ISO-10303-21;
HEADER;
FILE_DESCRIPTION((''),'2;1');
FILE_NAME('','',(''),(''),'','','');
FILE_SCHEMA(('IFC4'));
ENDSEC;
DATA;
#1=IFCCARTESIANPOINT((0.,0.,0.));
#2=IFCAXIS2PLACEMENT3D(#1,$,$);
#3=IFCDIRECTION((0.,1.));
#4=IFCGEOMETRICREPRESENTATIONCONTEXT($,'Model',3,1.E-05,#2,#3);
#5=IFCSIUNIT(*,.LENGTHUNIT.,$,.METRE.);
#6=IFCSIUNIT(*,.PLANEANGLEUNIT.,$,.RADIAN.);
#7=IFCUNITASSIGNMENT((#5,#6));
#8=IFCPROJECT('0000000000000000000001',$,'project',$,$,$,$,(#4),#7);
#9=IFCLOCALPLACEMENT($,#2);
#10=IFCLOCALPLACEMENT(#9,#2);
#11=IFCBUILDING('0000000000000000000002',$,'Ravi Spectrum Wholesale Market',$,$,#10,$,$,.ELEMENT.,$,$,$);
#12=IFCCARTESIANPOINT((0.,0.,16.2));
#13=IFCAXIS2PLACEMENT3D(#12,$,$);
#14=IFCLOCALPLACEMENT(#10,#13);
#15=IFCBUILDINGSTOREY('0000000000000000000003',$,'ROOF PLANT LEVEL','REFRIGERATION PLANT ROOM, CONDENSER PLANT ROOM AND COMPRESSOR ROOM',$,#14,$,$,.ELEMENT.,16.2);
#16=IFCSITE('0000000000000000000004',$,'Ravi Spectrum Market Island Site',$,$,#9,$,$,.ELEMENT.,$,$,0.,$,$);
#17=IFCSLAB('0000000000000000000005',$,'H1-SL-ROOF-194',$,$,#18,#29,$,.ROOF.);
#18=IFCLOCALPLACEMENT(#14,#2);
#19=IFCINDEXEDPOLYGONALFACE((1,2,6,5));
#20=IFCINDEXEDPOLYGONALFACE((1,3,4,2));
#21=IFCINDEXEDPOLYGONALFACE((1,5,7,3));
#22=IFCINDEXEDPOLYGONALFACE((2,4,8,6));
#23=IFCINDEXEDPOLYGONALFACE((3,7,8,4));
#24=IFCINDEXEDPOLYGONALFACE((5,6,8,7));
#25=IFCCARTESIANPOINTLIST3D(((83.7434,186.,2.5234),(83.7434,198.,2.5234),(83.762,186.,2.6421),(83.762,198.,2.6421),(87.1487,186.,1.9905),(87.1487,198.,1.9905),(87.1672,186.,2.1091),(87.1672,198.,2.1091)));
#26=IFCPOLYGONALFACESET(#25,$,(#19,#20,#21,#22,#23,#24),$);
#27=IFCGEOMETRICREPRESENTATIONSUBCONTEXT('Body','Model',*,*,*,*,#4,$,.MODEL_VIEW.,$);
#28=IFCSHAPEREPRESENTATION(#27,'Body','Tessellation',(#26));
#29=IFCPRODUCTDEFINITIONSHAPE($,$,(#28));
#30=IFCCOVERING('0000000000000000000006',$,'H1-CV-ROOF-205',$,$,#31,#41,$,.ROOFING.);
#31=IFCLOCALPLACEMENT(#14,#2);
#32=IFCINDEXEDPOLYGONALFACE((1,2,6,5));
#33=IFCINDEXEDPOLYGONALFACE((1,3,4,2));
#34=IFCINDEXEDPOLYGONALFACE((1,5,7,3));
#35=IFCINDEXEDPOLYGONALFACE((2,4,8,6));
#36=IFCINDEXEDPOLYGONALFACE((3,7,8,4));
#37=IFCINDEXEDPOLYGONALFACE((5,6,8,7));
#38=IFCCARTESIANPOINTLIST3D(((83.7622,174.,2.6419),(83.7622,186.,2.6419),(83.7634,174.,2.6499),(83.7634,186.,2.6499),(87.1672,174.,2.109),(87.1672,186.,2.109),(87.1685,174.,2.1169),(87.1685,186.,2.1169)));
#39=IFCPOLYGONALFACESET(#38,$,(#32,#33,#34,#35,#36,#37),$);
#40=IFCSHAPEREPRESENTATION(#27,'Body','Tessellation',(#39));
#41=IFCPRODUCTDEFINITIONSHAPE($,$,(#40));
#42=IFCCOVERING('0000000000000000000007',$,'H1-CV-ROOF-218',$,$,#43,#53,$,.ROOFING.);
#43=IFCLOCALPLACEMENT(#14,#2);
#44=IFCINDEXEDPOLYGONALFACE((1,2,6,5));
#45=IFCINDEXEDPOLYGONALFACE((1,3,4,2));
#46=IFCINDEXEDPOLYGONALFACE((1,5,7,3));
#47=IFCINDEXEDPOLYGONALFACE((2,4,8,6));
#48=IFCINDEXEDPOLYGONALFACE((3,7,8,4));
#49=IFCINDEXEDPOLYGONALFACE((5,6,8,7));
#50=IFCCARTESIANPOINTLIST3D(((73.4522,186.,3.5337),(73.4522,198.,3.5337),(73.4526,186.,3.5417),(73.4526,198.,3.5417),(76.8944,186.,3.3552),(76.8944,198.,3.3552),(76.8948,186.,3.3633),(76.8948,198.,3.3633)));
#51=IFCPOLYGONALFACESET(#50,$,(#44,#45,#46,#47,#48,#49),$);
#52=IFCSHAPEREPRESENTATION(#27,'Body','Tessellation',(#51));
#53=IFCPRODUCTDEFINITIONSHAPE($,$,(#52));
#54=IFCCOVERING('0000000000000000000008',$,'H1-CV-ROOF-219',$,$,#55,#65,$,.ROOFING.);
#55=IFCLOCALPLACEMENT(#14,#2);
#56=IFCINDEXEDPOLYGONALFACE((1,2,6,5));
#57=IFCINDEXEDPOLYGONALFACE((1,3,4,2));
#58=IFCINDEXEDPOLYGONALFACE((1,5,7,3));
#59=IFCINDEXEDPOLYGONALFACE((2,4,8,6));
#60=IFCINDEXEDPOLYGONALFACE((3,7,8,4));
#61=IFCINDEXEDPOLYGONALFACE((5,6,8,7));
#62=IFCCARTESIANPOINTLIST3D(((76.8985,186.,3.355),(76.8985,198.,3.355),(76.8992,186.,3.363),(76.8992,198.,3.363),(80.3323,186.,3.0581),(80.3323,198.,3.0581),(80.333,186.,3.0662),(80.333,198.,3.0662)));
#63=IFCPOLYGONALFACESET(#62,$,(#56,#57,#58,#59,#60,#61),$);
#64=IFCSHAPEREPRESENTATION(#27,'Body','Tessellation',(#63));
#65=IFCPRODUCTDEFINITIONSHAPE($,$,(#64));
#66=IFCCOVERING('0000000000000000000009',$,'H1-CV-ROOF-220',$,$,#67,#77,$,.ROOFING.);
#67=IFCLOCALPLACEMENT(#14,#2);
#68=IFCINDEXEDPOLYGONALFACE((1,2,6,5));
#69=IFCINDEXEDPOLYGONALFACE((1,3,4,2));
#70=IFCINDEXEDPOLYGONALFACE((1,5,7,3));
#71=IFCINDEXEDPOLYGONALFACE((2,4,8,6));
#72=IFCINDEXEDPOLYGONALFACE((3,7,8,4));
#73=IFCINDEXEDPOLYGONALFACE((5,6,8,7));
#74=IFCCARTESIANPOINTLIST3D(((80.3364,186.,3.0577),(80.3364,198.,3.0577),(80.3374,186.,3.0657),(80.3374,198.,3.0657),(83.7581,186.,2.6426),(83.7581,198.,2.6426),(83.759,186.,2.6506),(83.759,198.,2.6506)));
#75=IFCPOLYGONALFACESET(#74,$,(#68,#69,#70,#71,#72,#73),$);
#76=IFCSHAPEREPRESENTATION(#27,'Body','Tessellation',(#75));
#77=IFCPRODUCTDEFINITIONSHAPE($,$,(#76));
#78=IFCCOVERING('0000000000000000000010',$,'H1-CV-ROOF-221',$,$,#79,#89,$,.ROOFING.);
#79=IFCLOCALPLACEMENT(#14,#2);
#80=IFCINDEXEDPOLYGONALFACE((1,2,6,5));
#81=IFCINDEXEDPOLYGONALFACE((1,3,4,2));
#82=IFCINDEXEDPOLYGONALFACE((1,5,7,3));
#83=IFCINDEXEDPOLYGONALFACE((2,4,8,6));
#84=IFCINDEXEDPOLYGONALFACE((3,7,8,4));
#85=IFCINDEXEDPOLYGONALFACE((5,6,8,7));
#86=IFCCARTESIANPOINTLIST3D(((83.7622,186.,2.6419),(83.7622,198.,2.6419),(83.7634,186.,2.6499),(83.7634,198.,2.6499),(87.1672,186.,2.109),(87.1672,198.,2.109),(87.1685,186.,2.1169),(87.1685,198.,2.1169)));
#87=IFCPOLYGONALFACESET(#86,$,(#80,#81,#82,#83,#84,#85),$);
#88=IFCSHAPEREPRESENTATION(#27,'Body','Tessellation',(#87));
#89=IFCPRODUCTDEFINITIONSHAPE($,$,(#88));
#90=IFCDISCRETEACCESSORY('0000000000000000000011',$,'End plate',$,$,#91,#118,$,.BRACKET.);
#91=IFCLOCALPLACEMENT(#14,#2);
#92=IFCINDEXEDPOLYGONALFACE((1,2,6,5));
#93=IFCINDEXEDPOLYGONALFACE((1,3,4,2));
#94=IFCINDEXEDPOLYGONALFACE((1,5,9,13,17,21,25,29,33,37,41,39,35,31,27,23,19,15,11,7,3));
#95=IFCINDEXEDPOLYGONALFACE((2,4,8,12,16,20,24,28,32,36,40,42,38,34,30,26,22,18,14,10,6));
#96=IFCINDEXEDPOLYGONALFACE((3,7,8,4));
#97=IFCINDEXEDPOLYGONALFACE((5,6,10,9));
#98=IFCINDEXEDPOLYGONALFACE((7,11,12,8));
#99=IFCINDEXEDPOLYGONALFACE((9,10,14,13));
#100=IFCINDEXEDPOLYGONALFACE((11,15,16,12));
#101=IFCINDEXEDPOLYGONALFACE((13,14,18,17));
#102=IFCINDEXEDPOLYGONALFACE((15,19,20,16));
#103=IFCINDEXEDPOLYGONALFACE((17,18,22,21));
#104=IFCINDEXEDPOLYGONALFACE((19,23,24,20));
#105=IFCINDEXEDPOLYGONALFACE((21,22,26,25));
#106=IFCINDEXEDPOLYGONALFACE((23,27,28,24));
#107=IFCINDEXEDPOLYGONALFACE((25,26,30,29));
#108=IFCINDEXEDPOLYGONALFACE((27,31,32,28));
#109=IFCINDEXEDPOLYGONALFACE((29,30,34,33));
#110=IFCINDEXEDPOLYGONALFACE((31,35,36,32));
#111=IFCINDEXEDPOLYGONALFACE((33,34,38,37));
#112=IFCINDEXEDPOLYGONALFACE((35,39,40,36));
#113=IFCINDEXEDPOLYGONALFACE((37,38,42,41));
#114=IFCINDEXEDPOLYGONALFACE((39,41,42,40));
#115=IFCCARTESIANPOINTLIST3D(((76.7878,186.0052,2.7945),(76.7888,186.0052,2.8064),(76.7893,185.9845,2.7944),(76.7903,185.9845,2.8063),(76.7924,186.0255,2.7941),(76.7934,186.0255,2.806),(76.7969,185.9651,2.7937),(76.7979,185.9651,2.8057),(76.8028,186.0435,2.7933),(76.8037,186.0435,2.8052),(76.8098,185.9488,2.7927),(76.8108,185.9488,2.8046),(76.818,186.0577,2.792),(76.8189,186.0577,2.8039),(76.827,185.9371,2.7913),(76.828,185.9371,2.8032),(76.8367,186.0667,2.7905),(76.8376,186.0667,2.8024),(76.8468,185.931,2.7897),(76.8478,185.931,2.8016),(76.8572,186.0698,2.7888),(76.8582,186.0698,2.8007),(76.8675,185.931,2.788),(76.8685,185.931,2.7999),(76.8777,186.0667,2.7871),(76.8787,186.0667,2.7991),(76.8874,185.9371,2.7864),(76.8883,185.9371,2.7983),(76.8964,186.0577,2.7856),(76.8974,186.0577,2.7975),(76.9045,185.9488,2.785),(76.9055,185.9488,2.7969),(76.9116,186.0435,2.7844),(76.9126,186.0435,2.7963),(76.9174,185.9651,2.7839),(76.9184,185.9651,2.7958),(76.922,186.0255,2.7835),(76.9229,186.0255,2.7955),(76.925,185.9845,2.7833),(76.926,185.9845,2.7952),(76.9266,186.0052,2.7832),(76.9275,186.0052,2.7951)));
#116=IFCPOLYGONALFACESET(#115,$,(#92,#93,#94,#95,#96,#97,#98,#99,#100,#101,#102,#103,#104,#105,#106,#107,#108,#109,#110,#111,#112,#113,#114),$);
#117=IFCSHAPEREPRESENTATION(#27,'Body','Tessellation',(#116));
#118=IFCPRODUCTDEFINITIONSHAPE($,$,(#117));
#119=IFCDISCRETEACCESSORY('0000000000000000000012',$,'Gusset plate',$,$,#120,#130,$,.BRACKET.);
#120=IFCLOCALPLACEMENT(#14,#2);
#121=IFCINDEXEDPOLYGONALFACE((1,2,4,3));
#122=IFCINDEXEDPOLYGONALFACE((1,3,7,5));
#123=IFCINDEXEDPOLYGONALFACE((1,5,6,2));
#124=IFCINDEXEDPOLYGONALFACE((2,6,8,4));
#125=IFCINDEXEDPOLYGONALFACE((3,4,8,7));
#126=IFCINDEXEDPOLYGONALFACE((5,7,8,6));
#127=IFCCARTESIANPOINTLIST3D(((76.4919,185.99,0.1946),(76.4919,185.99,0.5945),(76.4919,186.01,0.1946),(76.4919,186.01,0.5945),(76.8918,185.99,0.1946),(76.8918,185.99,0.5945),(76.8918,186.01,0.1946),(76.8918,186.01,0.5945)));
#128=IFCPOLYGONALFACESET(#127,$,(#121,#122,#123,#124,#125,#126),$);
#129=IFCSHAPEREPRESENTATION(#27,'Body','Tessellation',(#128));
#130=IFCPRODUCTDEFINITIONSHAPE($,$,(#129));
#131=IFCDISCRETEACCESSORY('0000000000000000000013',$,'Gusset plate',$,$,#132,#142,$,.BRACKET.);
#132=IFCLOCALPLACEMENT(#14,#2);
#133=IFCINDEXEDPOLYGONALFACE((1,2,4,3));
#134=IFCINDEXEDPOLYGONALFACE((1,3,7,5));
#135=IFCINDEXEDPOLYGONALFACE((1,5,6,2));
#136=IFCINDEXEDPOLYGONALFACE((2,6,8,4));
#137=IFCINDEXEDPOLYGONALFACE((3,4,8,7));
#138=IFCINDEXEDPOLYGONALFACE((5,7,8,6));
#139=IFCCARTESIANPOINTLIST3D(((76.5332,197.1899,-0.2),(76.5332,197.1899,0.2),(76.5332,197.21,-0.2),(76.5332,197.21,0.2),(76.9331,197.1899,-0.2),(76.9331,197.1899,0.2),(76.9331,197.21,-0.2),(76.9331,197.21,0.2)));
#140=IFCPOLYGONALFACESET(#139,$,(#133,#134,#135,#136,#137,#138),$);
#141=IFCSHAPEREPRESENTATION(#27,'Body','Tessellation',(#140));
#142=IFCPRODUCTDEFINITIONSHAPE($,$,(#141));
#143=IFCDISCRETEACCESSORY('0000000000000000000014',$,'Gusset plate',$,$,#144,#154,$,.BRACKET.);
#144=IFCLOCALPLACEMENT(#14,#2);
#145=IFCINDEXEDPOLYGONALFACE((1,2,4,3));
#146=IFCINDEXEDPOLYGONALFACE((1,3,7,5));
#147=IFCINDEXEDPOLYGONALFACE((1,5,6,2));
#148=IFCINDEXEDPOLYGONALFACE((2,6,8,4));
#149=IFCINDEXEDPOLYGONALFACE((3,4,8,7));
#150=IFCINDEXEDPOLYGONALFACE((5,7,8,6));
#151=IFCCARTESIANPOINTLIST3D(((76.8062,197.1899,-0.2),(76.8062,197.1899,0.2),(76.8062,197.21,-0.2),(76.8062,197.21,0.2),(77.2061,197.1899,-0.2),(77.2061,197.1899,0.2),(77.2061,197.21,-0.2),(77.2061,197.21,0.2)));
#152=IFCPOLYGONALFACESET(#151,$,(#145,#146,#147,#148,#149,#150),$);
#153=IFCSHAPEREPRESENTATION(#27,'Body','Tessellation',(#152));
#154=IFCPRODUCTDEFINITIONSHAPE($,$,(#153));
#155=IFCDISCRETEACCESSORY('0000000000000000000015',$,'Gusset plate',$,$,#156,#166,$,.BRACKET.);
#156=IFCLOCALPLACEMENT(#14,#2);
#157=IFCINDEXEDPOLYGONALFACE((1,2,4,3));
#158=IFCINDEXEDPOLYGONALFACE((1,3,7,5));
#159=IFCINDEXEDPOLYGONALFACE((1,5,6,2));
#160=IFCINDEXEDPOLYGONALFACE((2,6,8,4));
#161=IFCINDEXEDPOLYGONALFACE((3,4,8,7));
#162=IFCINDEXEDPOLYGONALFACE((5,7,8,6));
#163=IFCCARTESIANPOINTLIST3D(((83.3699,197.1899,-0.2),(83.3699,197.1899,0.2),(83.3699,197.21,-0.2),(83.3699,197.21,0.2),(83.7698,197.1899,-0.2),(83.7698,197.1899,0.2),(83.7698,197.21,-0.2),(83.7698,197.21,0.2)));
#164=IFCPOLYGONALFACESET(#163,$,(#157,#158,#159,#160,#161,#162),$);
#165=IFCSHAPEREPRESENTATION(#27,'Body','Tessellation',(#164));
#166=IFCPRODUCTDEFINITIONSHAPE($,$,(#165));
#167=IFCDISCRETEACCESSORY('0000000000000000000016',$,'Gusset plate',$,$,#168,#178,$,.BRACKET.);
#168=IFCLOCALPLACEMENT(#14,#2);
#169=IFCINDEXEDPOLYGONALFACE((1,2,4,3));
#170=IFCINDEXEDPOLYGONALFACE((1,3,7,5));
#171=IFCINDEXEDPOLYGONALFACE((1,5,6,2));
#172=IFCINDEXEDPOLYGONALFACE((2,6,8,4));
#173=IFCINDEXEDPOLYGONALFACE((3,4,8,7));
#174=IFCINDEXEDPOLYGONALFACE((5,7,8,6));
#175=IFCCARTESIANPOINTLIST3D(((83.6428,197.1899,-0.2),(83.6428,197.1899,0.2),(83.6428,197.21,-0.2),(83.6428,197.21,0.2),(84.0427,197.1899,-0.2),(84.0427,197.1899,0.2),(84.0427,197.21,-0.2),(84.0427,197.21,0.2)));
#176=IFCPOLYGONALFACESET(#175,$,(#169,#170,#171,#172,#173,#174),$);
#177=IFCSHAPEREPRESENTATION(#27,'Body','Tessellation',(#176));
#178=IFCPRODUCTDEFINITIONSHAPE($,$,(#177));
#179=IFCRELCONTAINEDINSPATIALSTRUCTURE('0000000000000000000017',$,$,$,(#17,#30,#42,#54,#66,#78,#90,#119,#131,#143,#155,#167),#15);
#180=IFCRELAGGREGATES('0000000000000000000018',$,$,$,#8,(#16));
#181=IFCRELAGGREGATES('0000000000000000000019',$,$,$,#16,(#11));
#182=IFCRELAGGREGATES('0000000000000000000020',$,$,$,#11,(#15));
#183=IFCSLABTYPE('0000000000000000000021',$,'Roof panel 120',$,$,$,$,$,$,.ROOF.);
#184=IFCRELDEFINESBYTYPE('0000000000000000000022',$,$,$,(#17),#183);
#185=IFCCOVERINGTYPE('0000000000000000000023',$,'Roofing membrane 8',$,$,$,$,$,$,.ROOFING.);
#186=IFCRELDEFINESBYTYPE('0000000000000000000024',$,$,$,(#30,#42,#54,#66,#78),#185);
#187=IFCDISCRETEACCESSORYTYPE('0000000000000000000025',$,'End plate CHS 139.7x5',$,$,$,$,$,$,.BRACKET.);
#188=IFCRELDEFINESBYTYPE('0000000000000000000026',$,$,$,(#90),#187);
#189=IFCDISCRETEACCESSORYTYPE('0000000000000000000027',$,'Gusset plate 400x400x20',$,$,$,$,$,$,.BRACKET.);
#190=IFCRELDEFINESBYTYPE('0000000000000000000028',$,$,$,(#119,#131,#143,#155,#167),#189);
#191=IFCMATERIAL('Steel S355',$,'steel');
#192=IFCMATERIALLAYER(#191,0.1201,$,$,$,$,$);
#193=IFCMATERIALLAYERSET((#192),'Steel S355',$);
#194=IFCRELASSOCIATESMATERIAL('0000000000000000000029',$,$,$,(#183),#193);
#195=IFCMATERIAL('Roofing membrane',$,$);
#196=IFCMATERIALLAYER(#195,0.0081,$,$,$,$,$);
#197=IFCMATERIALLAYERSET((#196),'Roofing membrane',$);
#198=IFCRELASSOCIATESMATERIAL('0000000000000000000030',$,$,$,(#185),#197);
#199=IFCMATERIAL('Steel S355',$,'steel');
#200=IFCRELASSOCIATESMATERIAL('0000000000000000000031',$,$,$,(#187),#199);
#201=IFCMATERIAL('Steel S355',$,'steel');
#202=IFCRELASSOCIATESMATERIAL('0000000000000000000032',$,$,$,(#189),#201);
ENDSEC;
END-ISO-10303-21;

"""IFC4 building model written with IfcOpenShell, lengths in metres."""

from ifc_helpers import new_model, si_unit, direction, frame, origin, origin_2d, place, context, subcontext, project, spatial, polyline, rectangle, circle, outline, extrude, material, layer, layer_set, material_profile, profile_set, type_object, element, save


model = new_model("IFC4")

# Units and contexts
model_context = context("Model", 3, precision=1e-05, world=origin(), true_north=direction((0.0, 1.0)))
body_context = subcontext(model_context, "Body", "Model", "MODEL_VIEW")
ifc_project = project(units=[si_unit("LENGTHUNIT", "METRE"), si_unit("PLANEANGLEUNIT", "RADIAN")], contexts=[model_context])

# Site, building, storey
site_placement = place(None, origin())
site = spatial("IfcSite", under=ifc_project, at=site_placement, Name="Ravi Spectrum Market Island Site", CompositionType="ELEMENT", RefElevation=0.0)
building_placement = place(site_placement, origin())
building = spatial("IfcBuilding", under=site, at=building_placement, Name="Ravi Spectrum Wholesale Market", CompositionType="ELEMENT")
storey_placement = place(building_placement, frame((0.0, 0.0, 16.2)))
storey = spatial("IfcBuildingStorey", under=building, at=storey_placement, Name="ROOF PLANT LEVEL", Description="REFRIGERATION PLANT ROOM, CONDENSER PLANT ROOM AND COMPRESSOR ROOM", CompositionType="ELEMENT", Elevation=16.2)

# Slab
ifc_material_1 = material(Name="Steel S355", Category="steel")
ifc_layer_1 = layer(ifc_material_1, 0.1201)
ifc_layer_set_1 = layer_set([ifc_layer_1], Name="Steel S355")
slab_type = type_object("IfcSlabType", Name="Roof panel 120", PredefinedType="ROOF", material=ifc_layer_set_1)
slab_1_placement = place(storey_placement, frame((83.762, 186.0, 2.6421), z_axis=(0.154628, 0.0, 0.987973), x_axis=(0.987973, 0.0, -0.154628)))
element("IfcSlab", 1, at=slab_1_placement, inside=storey, type_object=slab_type, Name="H1-SL-ROOF-194", PredefinedType="ROOF", context=body_context, shape_type="SweptSolid", body=[
    extrude(outline(polyline([(0.0, 0.0), (3.4467, 0.0), (3.4467, 12.0), (0.0, 12.0), (0.0, 0.0)])), origin(), (0.0, 0.0, -1.0), 0.1201),
])

# Coverings
ifc_material_2 = material(Name="Roofing membrane")
ifc_layer_2 = layer(ifc_material_2, 0.0081)
ifc_layer_set_2 = layer_set([ifc_layer_2], Name="Roofing membrane")
covering_type = type_object("IfcCoveringType", Name="Roofing membrane 8", PredefinedType="ROOFING", material=ifc_layer_set_2)
covering_1_placement = place(storey_placement, frame((83.7634, 174.0, 2.6499), z_axis=(0.154638, 0.0, 0.987971), x_axis=(0.987971, 0.0, -0.154638)))
element("IfcCovering", 2, at=covering_1_placement, inside=storey, type_object=covering_type, Name="H1-CV-ROOF-205", PredefinedType="ROOFING", context=body_context, shape_type="SweptSolid", body=[
    extrude(outline(polyline([(0.0, 0.0), (3.4465, 0.0), (3.4465, 12.0), (0.0, 12.0), (0.0, 0.0)])), origin(), (0.0, 0.0, -1.0), 0.0081),
])
covering_2_placement = place(storey_placement, frame((73.4526, 186.0, 3.5417), z_axis=(0.051778, 0.0, 0.998659), x_axis=(0.998659, 0.0, -0.051778)))
element("IfcCovering", 3, at=covering_2_placement, inside=storey, type_object=covering_type, Name="H1-CV-ROOF-218", PredefinedType="ROOFING", context=body_context, shape_type="SweptSolid", body=[
    extrude(outline(polyline([(0.0, 0.0), (3.4468, 0.0), (3.4468, 12.0), (0.0, 12.0), (0.0, 0.0)])), origin(), (0.0, 0.0, -1.0), 0.0081),
])
covering_3_placement = place(storey_placement, frame((76.8992, 186.0, 3.363), z_axis=(0.086134, 0.0, 0.996284), x_axis=(0.996284, 0.0, -0.086134)))
element("IfcCovering", 4, at=covering_3_placement, inside=storey, type_object=covering_type, Name="H1-CV-ROOF-219", PredefinedType="ROOFING", context=body_context, shape_type="SweptSolid", body=[
    extrude(outline(polyline([(0.0, 0.0), (3.4466, 0.0), (3.4466, 12.0), (0.0, 12.0), (0.0, 0.0)])), origin(), (0.0, 0.0, -1.0), 0.0081),
])
covering_4_placement = place(storey_placement, frame((80.3374, 186.0, 3.0657), z_axis=(0.120416, 0.0, 0.992724), x_axis=(0.992724, 0.0, -0.120416)))
element("IfcCovering", 5, at=covering_4_placement, inside=storey, type_object=covering_type, Name="H1-CV-ROOF-220", PredefinedType="ROOFING", context=body_context, shape_type="SweptSolid", body=[
    extrude(outline(polyline([(0.0, 0.0), (3.4467, 0.0), (3.4467, 12.0), (0.0, 12.0), (0.0, 0.0)])), origin(), (0.0, 0.0, -1.0), 0.0081),
])
covering_5_placement = place(storey_placement, frame((83.7634, 186.0, 2.6499), z_axis=(0.154638, 0.0, 0.987971), x_axis=(0.987971, 0.0, -0.154638)))
element("IfcCovering", 6, at=covering_5_placement, inside=storey, type_object=covering_type, Name="H1-CV-ROOF-221", PredefinedType="ROOFING", context=body_context, shape_type="SweptSolid", body=[
    extrude(outline(polyline([(0.0, 0.0), (3.4465, 0.0), (3.4465, 12.0), (0.0, 12.0), (0.0, 0.0)])), origin(), (0.0, 0.0, -1.0), 0.0081),
])

# Discrete accessories
ifc_material_3 = material(Name="Steel S355", Category="steel")
ifc_material_profile_1 = material_profile(ifc_material_3, circle(Radius=0.0698, at=origin_2d()))
ifc_profile_set_1 = profile_set([ifc_material_profile_1], Name="Steel S355")
discrete_accessory_type_1 = type_object("IfcDiscreteAccessoryType", Name="End plate CHS 139.7x5", PredefinedType="BRACKET", material=ifc_profile_set_1)
discrete_accessory_placement = place(storey_placement, frame((76.8572, 186.0, 2.7888), z_axis=(0.081362, 0.0, 0.996685), x_axis=(0.0, 1.0, 0.0)))
element("IfcDiscreteAccessory", 7, at=discrete_accessory_placement, inside=storey, type_object=discrete_accessory_type_1, Name="End plate", PredefinedType="BRACKET", context=body_context, shape_type="SweptSolid", body=[
    extrude(circle(Radius=0.0698, at=origin_2d()), origin(), (0.0, 0.0, 1.0), 0.012),
])
ifc_material_4 = material(Name="Steel S355", Category="steel")
ifc_material_profile_2 = material_profile(ifc_material_4, rectangle(XDim=0.3999, YDim=0.02, at=origin_2d()))
ifc_profile_set_2 = profile_set([ifc_material_profile_2], Name="Steel S355")
discrete_accessory_type_2 = type_object("IfcDiscreteAccessoryType", Name="Gusset plate 400x400x20", PredefinedType="BRACKET", material=ifc_profile_set_2)
for number, where, z_axis, x_axis, name in (
    (8, (76.6919, 186.0, 0.1946), (0.0, 0.0, 1.0), (-1.0, 0.0, 0.0), "Gusset plate"),
    (9, (76.7332, 197.2, -0.2), (0.0, 0.0, 1.0), (1.0, 0.0, 0.0), "Gusset plate"),
    (10, (77.0061, 197.2, -0.2), (0.0, 0.0, 1.0), (1.0, 0.0, 0.0), "Gusset plate"),
    (11, (83.5698, 197.2, -0.2), (0.0, 0.0, 1.0), (1.0, 0.0, 0.0), "Gusset plate"),
    (12, (83.8428, 197.2, -0.2), (0.0, 0.0, 1.0), (1.0, 0.0, 0.0), "Gusset plate"),
):
    element("IfcDiscreteAccessory", number, at=place(storey_placement, frame(where, z_axis=z_axis, x_axis=x_axis)), inside=storey, type_object=discrete_accessory_type_2, Name=name, PredefinedType="BRACKET", context=body_context, shape_type="SweptSolid", body=[
        extrude(rectangle(XDim=0.3999, YDim=0.02, at=origin_2d()), origin(), (0.0, 0.0, 1.0), 0.3999),
    ])

save(model, "model.ifc")
